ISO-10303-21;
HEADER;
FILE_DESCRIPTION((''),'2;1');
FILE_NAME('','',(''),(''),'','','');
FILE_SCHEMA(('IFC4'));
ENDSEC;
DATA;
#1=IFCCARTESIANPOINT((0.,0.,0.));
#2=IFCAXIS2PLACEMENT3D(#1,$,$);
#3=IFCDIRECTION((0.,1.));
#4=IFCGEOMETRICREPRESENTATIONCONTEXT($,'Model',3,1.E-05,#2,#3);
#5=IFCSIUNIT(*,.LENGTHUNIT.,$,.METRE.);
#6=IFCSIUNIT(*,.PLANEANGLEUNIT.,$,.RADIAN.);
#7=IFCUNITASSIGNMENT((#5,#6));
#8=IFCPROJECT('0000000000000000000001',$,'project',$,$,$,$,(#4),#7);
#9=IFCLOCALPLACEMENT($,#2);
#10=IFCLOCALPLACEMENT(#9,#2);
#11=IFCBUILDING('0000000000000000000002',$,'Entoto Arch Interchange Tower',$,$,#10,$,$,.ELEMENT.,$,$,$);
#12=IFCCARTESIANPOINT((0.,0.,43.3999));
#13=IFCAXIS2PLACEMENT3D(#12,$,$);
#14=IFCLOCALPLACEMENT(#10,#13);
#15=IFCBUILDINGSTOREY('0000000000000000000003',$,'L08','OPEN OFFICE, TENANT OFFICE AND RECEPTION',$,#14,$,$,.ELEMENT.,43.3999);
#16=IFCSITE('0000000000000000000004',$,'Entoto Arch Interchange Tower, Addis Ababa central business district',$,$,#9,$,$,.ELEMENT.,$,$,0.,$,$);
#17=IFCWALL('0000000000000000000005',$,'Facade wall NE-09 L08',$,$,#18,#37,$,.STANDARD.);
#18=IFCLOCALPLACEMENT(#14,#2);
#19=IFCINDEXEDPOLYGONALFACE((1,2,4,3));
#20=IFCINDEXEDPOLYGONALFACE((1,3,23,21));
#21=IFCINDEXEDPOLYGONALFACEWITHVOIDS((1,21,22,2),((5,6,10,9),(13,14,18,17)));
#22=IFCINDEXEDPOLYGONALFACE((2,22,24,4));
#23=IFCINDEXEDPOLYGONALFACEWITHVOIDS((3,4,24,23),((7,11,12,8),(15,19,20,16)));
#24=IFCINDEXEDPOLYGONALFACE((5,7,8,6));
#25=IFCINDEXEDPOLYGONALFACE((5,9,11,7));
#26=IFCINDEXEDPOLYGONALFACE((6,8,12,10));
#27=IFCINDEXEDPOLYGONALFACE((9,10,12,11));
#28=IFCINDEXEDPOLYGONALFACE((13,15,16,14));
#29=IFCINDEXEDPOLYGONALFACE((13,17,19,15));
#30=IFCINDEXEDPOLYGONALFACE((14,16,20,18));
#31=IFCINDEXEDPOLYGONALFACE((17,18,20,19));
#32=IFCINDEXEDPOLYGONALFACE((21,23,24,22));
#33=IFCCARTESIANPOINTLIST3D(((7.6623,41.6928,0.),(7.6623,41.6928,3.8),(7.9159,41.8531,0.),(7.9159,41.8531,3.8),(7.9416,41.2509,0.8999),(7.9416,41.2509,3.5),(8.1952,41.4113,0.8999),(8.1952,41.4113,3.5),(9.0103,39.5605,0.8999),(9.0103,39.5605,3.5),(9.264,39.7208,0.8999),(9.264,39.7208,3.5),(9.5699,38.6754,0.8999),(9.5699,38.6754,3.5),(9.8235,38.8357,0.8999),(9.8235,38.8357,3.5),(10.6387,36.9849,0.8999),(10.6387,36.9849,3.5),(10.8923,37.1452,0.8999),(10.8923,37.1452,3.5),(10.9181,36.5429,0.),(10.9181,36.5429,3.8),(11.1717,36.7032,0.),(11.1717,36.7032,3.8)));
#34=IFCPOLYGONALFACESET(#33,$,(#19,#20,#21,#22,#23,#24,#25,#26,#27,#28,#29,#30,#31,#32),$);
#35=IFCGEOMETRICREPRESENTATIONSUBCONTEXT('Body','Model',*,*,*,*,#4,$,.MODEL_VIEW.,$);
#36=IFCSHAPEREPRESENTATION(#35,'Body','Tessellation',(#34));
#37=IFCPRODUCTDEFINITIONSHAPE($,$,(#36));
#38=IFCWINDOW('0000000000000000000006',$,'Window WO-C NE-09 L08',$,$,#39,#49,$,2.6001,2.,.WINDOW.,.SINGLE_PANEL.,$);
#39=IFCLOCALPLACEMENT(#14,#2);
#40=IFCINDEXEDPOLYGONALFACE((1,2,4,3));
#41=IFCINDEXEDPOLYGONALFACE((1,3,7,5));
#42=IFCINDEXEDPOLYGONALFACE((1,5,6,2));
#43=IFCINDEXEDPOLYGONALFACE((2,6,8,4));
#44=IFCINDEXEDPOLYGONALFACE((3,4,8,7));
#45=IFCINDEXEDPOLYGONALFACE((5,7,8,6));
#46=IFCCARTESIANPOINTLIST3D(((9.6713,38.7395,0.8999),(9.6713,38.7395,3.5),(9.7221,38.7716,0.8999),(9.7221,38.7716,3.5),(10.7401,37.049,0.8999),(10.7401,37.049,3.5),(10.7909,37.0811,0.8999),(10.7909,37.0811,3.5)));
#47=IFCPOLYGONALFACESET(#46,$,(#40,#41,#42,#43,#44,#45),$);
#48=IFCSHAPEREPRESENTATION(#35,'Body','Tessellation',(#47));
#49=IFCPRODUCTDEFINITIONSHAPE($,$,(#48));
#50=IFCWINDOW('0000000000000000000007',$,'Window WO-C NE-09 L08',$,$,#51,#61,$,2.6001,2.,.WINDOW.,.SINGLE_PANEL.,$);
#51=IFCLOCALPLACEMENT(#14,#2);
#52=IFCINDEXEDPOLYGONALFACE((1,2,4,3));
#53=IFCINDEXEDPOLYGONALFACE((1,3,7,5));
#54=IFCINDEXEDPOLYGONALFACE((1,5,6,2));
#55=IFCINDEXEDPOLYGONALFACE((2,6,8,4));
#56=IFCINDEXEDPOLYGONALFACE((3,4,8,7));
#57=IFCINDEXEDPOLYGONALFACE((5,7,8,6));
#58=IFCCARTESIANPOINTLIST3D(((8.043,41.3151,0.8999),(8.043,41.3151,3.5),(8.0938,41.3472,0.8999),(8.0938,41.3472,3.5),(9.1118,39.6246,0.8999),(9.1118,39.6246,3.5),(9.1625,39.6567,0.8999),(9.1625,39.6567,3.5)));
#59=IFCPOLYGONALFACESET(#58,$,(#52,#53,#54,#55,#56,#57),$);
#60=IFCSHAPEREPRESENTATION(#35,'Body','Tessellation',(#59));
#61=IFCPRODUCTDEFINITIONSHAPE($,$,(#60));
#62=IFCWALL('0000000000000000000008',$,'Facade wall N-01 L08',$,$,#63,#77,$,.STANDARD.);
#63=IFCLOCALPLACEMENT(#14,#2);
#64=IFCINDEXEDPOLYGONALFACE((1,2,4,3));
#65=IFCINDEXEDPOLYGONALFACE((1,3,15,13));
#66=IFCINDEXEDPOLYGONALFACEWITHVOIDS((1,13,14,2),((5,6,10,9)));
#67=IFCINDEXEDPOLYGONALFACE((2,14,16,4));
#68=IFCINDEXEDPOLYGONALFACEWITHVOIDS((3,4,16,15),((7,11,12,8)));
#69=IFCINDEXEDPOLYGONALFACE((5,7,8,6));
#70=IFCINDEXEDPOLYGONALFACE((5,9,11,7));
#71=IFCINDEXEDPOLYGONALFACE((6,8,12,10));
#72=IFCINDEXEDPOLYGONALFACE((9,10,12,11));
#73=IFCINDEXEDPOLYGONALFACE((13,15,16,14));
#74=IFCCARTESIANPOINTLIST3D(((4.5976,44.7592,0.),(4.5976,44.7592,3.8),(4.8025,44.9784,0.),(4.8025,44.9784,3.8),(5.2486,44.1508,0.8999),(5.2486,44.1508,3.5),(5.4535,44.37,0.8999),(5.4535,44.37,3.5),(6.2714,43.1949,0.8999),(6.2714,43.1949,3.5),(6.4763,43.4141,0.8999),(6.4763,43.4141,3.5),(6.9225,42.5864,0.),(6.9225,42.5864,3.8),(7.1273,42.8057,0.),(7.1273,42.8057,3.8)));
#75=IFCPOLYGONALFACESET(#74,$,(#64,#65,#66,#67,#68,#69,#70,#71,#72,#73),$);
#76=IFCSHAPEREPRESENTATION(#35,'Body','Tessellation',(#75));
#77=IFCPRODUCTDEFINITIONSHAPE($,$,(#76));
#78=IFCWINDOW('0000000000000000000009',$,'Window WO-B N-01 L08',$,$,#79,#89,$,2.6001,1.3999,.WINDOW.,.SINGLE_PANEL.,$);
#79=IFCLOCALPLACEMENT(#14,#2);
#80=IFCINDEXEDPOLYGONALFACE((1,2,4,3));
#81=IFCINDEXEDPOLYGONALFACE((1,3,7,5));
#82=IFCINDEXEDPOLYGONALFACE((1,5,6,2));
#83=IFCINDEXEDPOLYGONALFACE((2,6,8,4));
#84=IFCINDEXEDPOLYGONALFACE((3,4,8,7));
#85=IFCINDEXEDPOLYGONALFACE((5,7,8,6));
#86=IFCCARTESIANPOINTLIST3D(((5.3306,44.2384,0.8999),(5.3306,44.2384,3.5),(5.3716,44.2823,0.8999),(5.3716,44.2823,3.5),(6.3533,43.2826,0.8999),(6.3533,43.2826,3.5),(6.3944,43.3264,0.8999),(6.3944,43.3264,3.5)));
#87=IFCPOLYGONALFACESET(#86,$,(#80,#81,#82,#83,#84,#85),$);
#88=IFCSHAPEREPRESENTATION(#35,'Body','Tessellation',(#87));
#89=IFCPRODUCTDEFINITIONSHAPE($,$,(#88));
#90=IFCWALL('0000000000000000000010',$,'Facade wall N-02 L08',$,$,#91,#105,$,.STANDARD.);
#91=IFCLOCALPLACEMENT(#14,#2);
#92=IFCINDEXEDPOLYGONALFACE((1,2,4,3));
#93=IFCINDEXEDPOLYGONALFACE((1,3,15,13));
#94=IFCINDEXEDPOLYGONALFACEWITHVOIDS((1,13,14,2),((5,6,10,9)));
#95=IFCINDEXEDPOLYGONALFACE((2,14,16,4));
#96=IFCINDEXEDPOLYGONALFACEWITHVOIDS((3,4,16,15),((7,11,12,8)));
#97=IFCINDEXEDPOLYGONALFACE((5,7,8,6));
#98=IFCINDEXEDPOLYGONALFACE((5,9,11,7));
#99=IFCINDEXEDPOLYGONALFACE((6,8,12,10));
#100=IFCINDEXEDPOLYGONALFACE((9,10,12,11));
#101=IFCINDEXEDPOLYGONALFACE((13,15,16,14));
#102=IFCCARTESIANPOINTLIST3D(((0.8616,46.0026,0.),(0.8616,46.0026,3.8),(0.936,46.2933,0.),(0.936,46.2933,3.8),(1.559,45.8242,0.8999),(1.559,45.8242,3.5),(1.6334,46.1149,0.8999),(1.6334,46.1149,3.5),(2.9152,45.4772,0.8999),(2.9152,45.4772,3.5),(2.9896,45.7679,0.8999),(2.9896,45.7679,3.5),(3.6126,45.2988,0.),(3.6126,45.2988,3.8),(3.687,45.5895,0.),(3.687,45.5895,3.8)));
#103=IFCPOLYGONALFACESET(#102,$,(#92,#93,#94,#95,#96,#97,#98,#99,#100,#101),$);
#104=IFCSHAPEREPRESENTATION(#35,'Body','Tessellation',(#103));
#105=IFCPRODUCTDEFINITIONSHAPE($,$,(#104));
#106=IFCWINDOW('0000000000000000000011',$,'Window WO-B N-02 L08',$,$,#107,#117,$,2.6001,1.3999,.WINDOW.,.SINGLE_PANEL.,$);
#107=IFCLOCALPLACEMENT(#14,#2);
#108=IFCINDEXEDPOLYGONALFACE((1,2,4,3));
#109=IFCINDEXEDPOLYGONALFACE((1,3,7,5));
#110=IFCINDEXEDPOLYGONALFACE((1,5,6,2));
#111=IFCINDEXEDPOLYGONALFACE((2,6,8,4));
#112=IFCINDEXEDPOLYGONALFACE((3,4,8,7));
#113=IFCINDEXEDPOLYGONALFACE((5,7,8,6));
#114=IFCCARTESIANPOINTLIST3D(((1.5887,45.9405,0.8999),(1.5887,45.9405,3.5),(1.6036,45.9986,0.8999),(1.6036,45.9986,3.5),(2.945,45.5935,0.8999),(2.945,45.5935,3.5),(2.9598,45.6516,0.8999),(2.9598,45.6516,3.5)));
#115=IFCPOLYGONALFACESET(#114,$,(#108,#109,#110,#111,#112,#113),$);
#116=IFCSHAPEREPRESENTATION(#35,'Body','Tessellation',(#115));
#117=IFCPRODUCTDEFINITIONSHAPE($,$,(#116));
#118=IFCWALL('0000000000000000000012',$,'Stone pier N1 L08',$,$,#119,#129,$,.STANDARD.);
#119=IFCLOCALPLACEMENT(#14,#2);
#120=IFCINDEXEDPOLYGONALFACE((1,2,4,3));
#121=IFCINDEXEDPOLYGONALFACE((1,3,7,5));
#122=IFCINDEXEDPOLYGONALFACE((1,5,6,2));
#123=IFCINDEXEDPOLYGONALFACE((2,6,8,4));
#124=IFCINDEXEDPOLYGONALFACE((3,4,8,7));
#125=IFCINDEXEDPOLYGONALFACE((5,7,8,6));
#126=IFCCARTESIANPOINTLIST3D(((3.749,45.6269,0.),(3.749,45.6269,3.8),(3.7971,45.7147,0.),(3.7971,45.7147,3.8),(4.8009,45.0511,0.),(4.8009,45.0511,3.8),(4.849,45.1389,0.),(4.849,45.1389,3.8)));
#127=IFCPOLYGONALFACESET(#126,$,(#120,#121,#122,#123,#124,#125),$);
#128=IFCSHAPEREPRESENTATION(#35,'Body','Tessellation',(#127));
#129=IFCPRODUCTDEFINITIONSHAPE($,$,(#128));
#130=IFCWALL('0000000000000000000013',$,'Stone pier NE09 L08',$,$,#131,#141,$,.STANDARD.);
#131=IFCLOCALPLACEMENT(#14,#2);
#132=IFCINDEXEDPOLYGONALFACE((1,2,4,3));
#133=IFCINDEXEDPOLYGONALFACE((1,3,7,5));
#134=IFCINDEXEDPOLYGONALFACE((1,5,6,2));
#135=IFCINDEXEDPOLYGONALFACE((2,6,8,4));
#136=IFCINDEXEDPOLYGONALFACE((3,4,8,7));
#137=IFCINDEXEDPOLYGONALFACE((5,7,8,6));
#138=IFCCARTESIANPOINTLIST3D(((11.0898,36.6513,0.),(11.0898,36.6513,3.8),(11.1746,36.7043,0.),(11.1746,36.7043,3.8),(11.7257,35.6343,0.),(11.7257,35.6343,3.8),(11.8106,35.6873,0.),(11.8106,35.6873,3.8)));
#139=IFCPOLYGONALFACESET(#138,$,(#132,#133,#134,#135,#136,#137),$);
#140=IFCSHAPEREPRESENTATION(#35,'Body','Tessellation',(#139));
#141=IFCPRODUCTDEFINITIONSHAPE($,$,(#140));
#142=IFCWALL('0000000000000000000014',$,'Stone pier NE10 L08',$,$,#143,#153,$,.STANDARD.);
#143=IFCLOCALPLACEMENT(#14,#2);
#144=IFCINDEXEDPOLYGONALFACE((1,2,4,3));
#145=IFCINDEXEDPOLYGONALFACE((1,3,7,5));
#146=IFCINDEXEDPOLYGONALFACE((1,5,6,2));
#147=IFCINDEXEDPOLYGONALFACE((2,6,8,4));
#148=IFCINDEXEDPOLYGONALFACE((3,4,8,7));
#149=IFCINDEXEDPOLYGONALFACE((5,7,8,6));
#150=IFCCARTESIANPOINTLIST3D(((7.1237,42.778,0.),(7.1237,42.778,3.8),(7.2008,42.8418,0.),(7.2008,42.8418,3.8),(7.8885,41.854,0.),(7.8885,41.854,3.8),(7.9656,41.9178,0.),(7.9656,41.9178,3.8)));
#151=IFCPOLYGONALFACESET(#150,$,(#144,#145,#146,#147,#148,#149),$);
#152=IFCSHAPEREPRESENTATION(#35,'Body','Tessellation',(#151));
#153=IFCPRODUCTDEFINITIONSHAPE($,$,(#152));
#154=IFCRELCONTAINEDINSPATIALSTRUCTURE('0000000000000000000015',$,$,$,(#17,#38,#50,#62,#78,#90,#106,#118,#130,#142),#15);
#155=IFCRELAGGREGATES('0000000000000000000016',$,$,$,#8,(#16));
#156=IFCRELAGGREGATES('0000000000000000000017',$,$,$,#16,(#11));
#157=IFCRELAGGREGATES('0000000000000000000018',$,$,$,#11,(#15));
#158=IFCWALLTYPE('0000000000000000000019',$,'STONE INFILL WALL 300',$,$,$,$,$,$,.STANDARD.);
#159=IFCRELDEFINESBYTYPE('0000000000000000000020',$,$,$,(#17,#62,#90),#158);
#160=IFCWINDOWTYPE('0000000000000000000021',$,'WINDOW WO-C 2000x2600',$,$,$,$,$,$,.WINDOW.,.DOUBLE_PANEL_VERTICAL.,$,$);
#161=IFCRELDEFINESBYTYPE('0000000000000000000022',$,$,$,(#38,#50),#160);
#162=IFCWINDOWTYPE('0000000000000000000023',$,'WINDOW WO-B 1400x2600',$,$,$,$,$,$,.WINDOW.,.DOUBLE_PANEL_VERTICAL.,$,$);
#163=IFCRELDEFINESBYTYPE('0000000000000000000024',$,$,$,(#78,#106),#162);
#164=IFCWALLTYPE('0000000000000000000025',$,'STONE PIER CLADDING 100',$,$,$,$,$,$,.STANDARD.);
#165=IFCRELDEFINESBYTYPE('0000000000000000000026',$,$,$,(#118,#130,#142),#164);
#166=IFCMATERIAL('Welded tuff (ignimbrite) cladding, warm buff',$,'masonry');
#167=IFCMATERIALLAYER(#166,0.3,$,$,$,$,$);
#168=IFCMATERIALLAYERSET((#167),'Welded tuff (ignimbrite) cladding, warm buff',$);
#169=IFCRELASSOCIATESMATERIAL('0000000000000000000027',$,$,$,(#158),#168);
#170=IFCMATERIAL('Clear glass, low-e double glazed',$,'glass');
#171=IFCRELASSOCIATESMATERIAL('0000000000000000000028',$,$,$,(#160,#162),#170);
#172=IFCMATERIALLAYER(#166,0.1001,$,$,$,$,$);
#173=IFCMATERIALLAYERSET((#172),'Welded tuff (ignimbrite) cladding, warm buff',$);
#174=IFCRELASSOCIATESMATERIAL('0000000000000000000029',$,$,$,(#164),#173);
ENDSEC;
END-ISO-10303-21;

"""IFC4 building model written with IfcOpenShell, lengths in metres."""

from ifc_helpers import new_model, si_unit, direction, frame, frame_2d, origin, place, context, subcontext, project, spatial, rectangle, extrude, material, layer, layer_set, type_object, element, fill, save


model = new_model("IFC4")

# Units and contexts
model_context = context("Model", 3, precision=1e-05, world=origin(), true_north=direction((0.0, 1.0)))
body_context = subcontext(model_context, "Body", "Model", "MODEL_VIEW")
ifc_project = project(units=[si_unit("LENGTHUNIT", "METRE"), si_unit("PLANEANGLEUNIT", "RADIAN")], contexts=[model_context])

# Site, building, storey
site_placement = place(None, origin())
site = spatial("IfcSite", under=ifc_project, at=site_placement, Name="Entoto Arch Interchange Tower, Addis Ababa central business district", CompositionType="ELEMENT", RefElevation=0.0)
building_placement = place(site_placement, origin())
building = spatial("IfcBuilding", under=site, at=building_placement, Name="Entoto Arch Interchange Tower", CompositionType="ELEMENT")
storey_placement = place(building_placement, frame((0.0, 0.0, 43.3999)))
storey = spatial("IfcBuildingStorey", under=building, at=storey_placement, Name="L08", Description="OPEN OFFICE, TENANT OFFICE AND RECEPTION", CompositionType="ELEMENT", Elevation=43.3999)

# Wall, openings, windows
ifc_material_1 = material(Name="Welded tuff (ignimbrite) cladding, warm buff", Category="masonry")
ifc_layer_1 = layer(ifc_material_1, 0.3)
ifc_layer_set_1 = layer_set([ifc_layer_1], Name="Welded tuff (ignimbrite) cladding, warm buff")
wall_type_1 = type_object("IfcWallType", Name="STONE INFILL WALL 300", PredefinedType="STANDARD", material=ifc_layer_set_1)
wall_1_placement = place(storey_placement, frame((11.0449, 36.623, 0.0), z_axis=(0.0, 0.0, 1.0), x_axis=(-0.534379, 0.845245, 0.0)))
wall_1 = element("IfcWall", 1, at=wall_1_placement, inside=storey, type_object=wall_type_1, Name="Facade wall NE-09 L08", PredefinedType="STANDARD", context=body_context, shape_type="SweptSolid", body=[
    extrude(rectangle(XDim=6.0928, YDim=0.3, at=frame_2d((3.0464, 0.0))), origin(), (0.0, 0.0, 1.0), 3.8),
])
opening_1_placement = place(wall_1_placement, frame((0.5229, 0.0, 0.8999)))
opening_1 = element("IfcOpeningElement", 2, at=opening_1_placement, cuts=wall_1, PredefinedType="OPENING", context=body_context, shape_type="SweptSolid", body=[
    extrude(rectangle(XDim=2.0, YDim=2.6001, at=frame_2d((1.0, 1.3))), frame((0.0, 0.1602, 0.0), z_axis=(0.0, -1.0, 0.0), x_axis=(1.0, 0.0, 0.0)), (0.0, 0.0, 1.0), 0.3201),
])
opening_2_placement = place(wall_1_placement, frame((3.5701, 0.0, 0.8999)))
opening_2 = element("IfcOpeningElement", 3, at=opening_2_placement, cuts=wall_1, PredefinedType="OPENING", context=body_context, shape_type="SweptSolid", body=[
    extrude(rectangle(XDim=2.0, YDim=2.6001, at=frame_2d((1.0, 1.3))), frame((0.0, 0.1602, 0.0), z_axis=(0.0, -1.0, 0.0), x_axis=(1.0, 0.0, 0.0)), (0.0, 0.0, 1.0), 0.3201),
])
ifc_material_2 = material(Name="Clear glass, low-e double glazed", Category="glass")
window_type_1 = type_object("IfcWindowType", Name="WINDOW WO-C 2000x2600", PartitioningType="DOUBLE_PANEL_VERTICAL", PredefinedType="WINDOW", material=ifc_material_2)
window_1_placement = place(opening_1_placement, origin())
window_1 = element("IfcWindow", 4, at=window_1_placement, inside=storey, type_object=window_type_1, Name="Window WO-C NE-09 L08", OverallHeight=2.6001, OverallWidth=2.0, PartitioningType="SINGLE_PANEL", PredefinedType="WINDOW", context=body_context, shape_type="SweptSolid", body=[
    extrude(rectangle(XDim=2.0, YDim=2.6001, at=frame_2d((1.0, 1.3))), frame((0.0, 0.03, 0.0), z_axis=(0.0, -1.0, 0.0), x_axis=(1.0, 0.0, 0.0)), (0.0, 0.0, 1.0), 0.0601),
])
fill(opening_1, window_1)
window_2_placement = place(opening_2_placement, origin())
window_2 = element("IfcWindow", 5, at=window_2_placement, inside=storey, type_object=window_type_1, Name="Window WO-C NE-09 L08", OverallHeight=2.6001, OverallWidth=2.0, PartitioningType="SINGLE_PANEL", PredefinedType="WINDOW", context=body_context, shape_type="SweptSolid", body=[
    extrude(rectangle(XDim=2.0, YDim=2.6001, at=frame_2d((1.0, 1.3))), frame((0.0, 0.03, 0.0), z_axis=(0.0, -1.0, 0.0), x_axis=(1.0, 0.0, 0.0)), (0.0, 0.0, 1.0), 0.0601),
])
fill(opening_2, window_2)

# Walls, openings, windows
wall_2_placement = place(storey_placement, frame((7.0249, 42.696, 0.0), z_axis=(0.0, 0.0, 1.0), x_axis=(-0.730601, 0.682805, 0.0)))
wall_2 = element("IfcWall", 6, at=wall_2_placement, inside=storey, type_object=wall_type_1, Name="Facade wall N-01 L08", PredefinedType="STANDARD", context=body_context, shape_type="SweptSolid", body=[
    extrude(rectangle(XDim=3.1821, YDim=0.3, at=frame_2d((1.5911, 0.0))), origin(), (0.0, 0.0, 1.0), 3.8),
])
opening_3_placement = place(wall_2_placement, frame((0.8911, 0.0, 0.8999)))
opening_3 = element("IfcOpeningElement", 7, at=opening_3_placement, cuts=wall_2, PredefinedType="OPENING", context=body_context, shape_type="SweptSolid", body=[
    extrude(rectangle(XDim=1.3999, YDim=2.6001, at=frame_2d((0.7, 1.3))), frame((0.0, 0.1602, 0.0), z_axis=(0.0, -1.0, 0.0), x_axis=(1.0, 0.0, 0.0)), (0.0, 0.0, 1.0), 0.3201),
])
window_type_2 = type_object("IfcWindowType", Name="WINDOW WO-B 1400x2600", PartitioningType="DOUBLE_PANEL_VERTICAL", PredefinedType="WINDOW", material=ifc_material_2)
window_3_placement = place(opening_3_placement, origin())
window_3 = element("IfcWindow", 8, at=window_3_placement, inside=storey, type_object=window_type_2, Name="Window WO-B N-01 L08", OverallHeight=2.6001, OverallWidth=1.3999, PartitioningType="SINGLE_PANEL", PredefinedType="WINDOW", context=body_context, shape_type="SweptSolid", body=[
    extrude(rectangle(XDim=1.3999, YDim=2.6001, at=frame_2d((0.7, 1.3))), frame((0.0, 0.03, 0.0), z_axis=(0.0, -1.0, 0.0), x_axis=(1.0, 0.0, 0.0)), (0.0, 0.0, 1.0), 0.0601),
])
fill(opening_3, window_3)
wall_3_placement = place(storey_placement, frame((3.6499, 45.4441, 0.0), z_axis=(0.0, 0.0, 1.0), x_axis=(-0.968793, 0.247873, 0.0)))
wall_3 = element("IfcWall", 9, at=wall_3_placement, inside=storey, type_object=wall_type_1, Name="Facade wall N-02 L08", PredefinedType="STANDARD", context=body_context, shape_type="SweptSolid", body=[
    extrude(rectangle(XDim=2.8396, YDim=0.3, at=frame_2d((1.4199, 0.0))), origin(), (0.0, 0.0, 1.0), 3.8),
])
opening_4_placement = place(wall_3_placement, frame((0.72, 0.0, 0.8999)))
opening_4 = element("IfcOpeningElement", 10, at=opening_4_placement, cuts=wall_3, PredefinedType="OPENING", context=body_context, shape_type="SweptSolid", body=[
    extrude(rectangle(XDim=1.3999, YDim=2.6001, at=frame_2d((0.7, 1.3))), frame((0.0, 0.1602, 0.0), z_axis=(0.0, -1.0, 0.0), x_axis=(1.0, 0.0, 0.0)), (0.0, 0.0, 1.0), 0.3201),
])
window_4_placement = place(opening_4_placement, origin())
window_4 = element("IfcWindow", 11, at=window_4_placement, inside=storey, type_object=window_type_2, Name="Window WO-B N-02 L08", OverallHeight=2.6001, OverallWidth=1.3999, PartitioningType="SINGLE_PANEL", PredefinedType="WINDOW", context=body_context, shape_type="SweptSolid", body=[
    extrude(rectangle(XDim=1.3999, YDim=2.6001, at=frame_2d((0.7, 1.3))), frame((0.0, 0.03, 0.0), z_axis=(0.0, -1.0, 0.0), x_axis=(1.0, 0.0, 0.0)), (0.0, 0.0, 1.0), 0.0601),
])
fill(opening_4, window_4)

# Walls
ifc_layer_2 = layer(ifc_material_1, 0.1001)
ifc_layer_set_2 = layer_set([ifc_layer_2], Name="Welded tuff (ignimbrite) cladding, warm buff")
wall_type_2 = type_object("IfcWallType", Name="STONE PIER CLADDING 100", PredefinedType="STANDARD", material=ifc_layer_set_2)
wall_4_placement = place(storey_placement, frame((4.825, 45.095, 0.0), z_axis=(0.0, 0.0, 1.0), x_axis=(-0.877155, 0.480206, 0.0)))
element("IfcWall", 12, at=wall_4_placement, inside=storey, type_object=wall_type_2, Name="Stone pier N1 L08", PredefinedType="STANDARD", context=body_context, shape_type="SweptSolid", body=[
    extrude(rectangle(XDim=1.1992, YDim=0.1001, at=frame_2d((0.5996, 0.0))), origin(), (0.0, 0.0, 1.0), 3.8),
])
for number, where, z_axis, x_axis, name in (
    (13, (11.7681, 35.6609, 0.0), (0.0, 0.0, 1.0), (-0.530182, 0.847884, 0.0), "Stone pier NE09 L08"),
    (14, (7.927, 41.886, 0.0), (0.0, 0.0, 1.0), (-0.637639, 0.770336, 0.0), "Stone pier NE10 L08"),
):
    element("IfcWall", number, at=place(storey_placement, frame(where, z_axis=z_axis, x_axis=x_axis)), inside=storey, type_object=wall_type_2, Name=name, PredefinedType="STANDARD", context=body_context, shape_type="SweptSolid", body=[
        extrude(rectangle(XDim=1.1995, YDim=0.1001, at=frame_2d((0.5996, 0.0))), origin(), (0.0, 0.0, 1.0), 3.8),
    ])

save(model, "model.ifc")
